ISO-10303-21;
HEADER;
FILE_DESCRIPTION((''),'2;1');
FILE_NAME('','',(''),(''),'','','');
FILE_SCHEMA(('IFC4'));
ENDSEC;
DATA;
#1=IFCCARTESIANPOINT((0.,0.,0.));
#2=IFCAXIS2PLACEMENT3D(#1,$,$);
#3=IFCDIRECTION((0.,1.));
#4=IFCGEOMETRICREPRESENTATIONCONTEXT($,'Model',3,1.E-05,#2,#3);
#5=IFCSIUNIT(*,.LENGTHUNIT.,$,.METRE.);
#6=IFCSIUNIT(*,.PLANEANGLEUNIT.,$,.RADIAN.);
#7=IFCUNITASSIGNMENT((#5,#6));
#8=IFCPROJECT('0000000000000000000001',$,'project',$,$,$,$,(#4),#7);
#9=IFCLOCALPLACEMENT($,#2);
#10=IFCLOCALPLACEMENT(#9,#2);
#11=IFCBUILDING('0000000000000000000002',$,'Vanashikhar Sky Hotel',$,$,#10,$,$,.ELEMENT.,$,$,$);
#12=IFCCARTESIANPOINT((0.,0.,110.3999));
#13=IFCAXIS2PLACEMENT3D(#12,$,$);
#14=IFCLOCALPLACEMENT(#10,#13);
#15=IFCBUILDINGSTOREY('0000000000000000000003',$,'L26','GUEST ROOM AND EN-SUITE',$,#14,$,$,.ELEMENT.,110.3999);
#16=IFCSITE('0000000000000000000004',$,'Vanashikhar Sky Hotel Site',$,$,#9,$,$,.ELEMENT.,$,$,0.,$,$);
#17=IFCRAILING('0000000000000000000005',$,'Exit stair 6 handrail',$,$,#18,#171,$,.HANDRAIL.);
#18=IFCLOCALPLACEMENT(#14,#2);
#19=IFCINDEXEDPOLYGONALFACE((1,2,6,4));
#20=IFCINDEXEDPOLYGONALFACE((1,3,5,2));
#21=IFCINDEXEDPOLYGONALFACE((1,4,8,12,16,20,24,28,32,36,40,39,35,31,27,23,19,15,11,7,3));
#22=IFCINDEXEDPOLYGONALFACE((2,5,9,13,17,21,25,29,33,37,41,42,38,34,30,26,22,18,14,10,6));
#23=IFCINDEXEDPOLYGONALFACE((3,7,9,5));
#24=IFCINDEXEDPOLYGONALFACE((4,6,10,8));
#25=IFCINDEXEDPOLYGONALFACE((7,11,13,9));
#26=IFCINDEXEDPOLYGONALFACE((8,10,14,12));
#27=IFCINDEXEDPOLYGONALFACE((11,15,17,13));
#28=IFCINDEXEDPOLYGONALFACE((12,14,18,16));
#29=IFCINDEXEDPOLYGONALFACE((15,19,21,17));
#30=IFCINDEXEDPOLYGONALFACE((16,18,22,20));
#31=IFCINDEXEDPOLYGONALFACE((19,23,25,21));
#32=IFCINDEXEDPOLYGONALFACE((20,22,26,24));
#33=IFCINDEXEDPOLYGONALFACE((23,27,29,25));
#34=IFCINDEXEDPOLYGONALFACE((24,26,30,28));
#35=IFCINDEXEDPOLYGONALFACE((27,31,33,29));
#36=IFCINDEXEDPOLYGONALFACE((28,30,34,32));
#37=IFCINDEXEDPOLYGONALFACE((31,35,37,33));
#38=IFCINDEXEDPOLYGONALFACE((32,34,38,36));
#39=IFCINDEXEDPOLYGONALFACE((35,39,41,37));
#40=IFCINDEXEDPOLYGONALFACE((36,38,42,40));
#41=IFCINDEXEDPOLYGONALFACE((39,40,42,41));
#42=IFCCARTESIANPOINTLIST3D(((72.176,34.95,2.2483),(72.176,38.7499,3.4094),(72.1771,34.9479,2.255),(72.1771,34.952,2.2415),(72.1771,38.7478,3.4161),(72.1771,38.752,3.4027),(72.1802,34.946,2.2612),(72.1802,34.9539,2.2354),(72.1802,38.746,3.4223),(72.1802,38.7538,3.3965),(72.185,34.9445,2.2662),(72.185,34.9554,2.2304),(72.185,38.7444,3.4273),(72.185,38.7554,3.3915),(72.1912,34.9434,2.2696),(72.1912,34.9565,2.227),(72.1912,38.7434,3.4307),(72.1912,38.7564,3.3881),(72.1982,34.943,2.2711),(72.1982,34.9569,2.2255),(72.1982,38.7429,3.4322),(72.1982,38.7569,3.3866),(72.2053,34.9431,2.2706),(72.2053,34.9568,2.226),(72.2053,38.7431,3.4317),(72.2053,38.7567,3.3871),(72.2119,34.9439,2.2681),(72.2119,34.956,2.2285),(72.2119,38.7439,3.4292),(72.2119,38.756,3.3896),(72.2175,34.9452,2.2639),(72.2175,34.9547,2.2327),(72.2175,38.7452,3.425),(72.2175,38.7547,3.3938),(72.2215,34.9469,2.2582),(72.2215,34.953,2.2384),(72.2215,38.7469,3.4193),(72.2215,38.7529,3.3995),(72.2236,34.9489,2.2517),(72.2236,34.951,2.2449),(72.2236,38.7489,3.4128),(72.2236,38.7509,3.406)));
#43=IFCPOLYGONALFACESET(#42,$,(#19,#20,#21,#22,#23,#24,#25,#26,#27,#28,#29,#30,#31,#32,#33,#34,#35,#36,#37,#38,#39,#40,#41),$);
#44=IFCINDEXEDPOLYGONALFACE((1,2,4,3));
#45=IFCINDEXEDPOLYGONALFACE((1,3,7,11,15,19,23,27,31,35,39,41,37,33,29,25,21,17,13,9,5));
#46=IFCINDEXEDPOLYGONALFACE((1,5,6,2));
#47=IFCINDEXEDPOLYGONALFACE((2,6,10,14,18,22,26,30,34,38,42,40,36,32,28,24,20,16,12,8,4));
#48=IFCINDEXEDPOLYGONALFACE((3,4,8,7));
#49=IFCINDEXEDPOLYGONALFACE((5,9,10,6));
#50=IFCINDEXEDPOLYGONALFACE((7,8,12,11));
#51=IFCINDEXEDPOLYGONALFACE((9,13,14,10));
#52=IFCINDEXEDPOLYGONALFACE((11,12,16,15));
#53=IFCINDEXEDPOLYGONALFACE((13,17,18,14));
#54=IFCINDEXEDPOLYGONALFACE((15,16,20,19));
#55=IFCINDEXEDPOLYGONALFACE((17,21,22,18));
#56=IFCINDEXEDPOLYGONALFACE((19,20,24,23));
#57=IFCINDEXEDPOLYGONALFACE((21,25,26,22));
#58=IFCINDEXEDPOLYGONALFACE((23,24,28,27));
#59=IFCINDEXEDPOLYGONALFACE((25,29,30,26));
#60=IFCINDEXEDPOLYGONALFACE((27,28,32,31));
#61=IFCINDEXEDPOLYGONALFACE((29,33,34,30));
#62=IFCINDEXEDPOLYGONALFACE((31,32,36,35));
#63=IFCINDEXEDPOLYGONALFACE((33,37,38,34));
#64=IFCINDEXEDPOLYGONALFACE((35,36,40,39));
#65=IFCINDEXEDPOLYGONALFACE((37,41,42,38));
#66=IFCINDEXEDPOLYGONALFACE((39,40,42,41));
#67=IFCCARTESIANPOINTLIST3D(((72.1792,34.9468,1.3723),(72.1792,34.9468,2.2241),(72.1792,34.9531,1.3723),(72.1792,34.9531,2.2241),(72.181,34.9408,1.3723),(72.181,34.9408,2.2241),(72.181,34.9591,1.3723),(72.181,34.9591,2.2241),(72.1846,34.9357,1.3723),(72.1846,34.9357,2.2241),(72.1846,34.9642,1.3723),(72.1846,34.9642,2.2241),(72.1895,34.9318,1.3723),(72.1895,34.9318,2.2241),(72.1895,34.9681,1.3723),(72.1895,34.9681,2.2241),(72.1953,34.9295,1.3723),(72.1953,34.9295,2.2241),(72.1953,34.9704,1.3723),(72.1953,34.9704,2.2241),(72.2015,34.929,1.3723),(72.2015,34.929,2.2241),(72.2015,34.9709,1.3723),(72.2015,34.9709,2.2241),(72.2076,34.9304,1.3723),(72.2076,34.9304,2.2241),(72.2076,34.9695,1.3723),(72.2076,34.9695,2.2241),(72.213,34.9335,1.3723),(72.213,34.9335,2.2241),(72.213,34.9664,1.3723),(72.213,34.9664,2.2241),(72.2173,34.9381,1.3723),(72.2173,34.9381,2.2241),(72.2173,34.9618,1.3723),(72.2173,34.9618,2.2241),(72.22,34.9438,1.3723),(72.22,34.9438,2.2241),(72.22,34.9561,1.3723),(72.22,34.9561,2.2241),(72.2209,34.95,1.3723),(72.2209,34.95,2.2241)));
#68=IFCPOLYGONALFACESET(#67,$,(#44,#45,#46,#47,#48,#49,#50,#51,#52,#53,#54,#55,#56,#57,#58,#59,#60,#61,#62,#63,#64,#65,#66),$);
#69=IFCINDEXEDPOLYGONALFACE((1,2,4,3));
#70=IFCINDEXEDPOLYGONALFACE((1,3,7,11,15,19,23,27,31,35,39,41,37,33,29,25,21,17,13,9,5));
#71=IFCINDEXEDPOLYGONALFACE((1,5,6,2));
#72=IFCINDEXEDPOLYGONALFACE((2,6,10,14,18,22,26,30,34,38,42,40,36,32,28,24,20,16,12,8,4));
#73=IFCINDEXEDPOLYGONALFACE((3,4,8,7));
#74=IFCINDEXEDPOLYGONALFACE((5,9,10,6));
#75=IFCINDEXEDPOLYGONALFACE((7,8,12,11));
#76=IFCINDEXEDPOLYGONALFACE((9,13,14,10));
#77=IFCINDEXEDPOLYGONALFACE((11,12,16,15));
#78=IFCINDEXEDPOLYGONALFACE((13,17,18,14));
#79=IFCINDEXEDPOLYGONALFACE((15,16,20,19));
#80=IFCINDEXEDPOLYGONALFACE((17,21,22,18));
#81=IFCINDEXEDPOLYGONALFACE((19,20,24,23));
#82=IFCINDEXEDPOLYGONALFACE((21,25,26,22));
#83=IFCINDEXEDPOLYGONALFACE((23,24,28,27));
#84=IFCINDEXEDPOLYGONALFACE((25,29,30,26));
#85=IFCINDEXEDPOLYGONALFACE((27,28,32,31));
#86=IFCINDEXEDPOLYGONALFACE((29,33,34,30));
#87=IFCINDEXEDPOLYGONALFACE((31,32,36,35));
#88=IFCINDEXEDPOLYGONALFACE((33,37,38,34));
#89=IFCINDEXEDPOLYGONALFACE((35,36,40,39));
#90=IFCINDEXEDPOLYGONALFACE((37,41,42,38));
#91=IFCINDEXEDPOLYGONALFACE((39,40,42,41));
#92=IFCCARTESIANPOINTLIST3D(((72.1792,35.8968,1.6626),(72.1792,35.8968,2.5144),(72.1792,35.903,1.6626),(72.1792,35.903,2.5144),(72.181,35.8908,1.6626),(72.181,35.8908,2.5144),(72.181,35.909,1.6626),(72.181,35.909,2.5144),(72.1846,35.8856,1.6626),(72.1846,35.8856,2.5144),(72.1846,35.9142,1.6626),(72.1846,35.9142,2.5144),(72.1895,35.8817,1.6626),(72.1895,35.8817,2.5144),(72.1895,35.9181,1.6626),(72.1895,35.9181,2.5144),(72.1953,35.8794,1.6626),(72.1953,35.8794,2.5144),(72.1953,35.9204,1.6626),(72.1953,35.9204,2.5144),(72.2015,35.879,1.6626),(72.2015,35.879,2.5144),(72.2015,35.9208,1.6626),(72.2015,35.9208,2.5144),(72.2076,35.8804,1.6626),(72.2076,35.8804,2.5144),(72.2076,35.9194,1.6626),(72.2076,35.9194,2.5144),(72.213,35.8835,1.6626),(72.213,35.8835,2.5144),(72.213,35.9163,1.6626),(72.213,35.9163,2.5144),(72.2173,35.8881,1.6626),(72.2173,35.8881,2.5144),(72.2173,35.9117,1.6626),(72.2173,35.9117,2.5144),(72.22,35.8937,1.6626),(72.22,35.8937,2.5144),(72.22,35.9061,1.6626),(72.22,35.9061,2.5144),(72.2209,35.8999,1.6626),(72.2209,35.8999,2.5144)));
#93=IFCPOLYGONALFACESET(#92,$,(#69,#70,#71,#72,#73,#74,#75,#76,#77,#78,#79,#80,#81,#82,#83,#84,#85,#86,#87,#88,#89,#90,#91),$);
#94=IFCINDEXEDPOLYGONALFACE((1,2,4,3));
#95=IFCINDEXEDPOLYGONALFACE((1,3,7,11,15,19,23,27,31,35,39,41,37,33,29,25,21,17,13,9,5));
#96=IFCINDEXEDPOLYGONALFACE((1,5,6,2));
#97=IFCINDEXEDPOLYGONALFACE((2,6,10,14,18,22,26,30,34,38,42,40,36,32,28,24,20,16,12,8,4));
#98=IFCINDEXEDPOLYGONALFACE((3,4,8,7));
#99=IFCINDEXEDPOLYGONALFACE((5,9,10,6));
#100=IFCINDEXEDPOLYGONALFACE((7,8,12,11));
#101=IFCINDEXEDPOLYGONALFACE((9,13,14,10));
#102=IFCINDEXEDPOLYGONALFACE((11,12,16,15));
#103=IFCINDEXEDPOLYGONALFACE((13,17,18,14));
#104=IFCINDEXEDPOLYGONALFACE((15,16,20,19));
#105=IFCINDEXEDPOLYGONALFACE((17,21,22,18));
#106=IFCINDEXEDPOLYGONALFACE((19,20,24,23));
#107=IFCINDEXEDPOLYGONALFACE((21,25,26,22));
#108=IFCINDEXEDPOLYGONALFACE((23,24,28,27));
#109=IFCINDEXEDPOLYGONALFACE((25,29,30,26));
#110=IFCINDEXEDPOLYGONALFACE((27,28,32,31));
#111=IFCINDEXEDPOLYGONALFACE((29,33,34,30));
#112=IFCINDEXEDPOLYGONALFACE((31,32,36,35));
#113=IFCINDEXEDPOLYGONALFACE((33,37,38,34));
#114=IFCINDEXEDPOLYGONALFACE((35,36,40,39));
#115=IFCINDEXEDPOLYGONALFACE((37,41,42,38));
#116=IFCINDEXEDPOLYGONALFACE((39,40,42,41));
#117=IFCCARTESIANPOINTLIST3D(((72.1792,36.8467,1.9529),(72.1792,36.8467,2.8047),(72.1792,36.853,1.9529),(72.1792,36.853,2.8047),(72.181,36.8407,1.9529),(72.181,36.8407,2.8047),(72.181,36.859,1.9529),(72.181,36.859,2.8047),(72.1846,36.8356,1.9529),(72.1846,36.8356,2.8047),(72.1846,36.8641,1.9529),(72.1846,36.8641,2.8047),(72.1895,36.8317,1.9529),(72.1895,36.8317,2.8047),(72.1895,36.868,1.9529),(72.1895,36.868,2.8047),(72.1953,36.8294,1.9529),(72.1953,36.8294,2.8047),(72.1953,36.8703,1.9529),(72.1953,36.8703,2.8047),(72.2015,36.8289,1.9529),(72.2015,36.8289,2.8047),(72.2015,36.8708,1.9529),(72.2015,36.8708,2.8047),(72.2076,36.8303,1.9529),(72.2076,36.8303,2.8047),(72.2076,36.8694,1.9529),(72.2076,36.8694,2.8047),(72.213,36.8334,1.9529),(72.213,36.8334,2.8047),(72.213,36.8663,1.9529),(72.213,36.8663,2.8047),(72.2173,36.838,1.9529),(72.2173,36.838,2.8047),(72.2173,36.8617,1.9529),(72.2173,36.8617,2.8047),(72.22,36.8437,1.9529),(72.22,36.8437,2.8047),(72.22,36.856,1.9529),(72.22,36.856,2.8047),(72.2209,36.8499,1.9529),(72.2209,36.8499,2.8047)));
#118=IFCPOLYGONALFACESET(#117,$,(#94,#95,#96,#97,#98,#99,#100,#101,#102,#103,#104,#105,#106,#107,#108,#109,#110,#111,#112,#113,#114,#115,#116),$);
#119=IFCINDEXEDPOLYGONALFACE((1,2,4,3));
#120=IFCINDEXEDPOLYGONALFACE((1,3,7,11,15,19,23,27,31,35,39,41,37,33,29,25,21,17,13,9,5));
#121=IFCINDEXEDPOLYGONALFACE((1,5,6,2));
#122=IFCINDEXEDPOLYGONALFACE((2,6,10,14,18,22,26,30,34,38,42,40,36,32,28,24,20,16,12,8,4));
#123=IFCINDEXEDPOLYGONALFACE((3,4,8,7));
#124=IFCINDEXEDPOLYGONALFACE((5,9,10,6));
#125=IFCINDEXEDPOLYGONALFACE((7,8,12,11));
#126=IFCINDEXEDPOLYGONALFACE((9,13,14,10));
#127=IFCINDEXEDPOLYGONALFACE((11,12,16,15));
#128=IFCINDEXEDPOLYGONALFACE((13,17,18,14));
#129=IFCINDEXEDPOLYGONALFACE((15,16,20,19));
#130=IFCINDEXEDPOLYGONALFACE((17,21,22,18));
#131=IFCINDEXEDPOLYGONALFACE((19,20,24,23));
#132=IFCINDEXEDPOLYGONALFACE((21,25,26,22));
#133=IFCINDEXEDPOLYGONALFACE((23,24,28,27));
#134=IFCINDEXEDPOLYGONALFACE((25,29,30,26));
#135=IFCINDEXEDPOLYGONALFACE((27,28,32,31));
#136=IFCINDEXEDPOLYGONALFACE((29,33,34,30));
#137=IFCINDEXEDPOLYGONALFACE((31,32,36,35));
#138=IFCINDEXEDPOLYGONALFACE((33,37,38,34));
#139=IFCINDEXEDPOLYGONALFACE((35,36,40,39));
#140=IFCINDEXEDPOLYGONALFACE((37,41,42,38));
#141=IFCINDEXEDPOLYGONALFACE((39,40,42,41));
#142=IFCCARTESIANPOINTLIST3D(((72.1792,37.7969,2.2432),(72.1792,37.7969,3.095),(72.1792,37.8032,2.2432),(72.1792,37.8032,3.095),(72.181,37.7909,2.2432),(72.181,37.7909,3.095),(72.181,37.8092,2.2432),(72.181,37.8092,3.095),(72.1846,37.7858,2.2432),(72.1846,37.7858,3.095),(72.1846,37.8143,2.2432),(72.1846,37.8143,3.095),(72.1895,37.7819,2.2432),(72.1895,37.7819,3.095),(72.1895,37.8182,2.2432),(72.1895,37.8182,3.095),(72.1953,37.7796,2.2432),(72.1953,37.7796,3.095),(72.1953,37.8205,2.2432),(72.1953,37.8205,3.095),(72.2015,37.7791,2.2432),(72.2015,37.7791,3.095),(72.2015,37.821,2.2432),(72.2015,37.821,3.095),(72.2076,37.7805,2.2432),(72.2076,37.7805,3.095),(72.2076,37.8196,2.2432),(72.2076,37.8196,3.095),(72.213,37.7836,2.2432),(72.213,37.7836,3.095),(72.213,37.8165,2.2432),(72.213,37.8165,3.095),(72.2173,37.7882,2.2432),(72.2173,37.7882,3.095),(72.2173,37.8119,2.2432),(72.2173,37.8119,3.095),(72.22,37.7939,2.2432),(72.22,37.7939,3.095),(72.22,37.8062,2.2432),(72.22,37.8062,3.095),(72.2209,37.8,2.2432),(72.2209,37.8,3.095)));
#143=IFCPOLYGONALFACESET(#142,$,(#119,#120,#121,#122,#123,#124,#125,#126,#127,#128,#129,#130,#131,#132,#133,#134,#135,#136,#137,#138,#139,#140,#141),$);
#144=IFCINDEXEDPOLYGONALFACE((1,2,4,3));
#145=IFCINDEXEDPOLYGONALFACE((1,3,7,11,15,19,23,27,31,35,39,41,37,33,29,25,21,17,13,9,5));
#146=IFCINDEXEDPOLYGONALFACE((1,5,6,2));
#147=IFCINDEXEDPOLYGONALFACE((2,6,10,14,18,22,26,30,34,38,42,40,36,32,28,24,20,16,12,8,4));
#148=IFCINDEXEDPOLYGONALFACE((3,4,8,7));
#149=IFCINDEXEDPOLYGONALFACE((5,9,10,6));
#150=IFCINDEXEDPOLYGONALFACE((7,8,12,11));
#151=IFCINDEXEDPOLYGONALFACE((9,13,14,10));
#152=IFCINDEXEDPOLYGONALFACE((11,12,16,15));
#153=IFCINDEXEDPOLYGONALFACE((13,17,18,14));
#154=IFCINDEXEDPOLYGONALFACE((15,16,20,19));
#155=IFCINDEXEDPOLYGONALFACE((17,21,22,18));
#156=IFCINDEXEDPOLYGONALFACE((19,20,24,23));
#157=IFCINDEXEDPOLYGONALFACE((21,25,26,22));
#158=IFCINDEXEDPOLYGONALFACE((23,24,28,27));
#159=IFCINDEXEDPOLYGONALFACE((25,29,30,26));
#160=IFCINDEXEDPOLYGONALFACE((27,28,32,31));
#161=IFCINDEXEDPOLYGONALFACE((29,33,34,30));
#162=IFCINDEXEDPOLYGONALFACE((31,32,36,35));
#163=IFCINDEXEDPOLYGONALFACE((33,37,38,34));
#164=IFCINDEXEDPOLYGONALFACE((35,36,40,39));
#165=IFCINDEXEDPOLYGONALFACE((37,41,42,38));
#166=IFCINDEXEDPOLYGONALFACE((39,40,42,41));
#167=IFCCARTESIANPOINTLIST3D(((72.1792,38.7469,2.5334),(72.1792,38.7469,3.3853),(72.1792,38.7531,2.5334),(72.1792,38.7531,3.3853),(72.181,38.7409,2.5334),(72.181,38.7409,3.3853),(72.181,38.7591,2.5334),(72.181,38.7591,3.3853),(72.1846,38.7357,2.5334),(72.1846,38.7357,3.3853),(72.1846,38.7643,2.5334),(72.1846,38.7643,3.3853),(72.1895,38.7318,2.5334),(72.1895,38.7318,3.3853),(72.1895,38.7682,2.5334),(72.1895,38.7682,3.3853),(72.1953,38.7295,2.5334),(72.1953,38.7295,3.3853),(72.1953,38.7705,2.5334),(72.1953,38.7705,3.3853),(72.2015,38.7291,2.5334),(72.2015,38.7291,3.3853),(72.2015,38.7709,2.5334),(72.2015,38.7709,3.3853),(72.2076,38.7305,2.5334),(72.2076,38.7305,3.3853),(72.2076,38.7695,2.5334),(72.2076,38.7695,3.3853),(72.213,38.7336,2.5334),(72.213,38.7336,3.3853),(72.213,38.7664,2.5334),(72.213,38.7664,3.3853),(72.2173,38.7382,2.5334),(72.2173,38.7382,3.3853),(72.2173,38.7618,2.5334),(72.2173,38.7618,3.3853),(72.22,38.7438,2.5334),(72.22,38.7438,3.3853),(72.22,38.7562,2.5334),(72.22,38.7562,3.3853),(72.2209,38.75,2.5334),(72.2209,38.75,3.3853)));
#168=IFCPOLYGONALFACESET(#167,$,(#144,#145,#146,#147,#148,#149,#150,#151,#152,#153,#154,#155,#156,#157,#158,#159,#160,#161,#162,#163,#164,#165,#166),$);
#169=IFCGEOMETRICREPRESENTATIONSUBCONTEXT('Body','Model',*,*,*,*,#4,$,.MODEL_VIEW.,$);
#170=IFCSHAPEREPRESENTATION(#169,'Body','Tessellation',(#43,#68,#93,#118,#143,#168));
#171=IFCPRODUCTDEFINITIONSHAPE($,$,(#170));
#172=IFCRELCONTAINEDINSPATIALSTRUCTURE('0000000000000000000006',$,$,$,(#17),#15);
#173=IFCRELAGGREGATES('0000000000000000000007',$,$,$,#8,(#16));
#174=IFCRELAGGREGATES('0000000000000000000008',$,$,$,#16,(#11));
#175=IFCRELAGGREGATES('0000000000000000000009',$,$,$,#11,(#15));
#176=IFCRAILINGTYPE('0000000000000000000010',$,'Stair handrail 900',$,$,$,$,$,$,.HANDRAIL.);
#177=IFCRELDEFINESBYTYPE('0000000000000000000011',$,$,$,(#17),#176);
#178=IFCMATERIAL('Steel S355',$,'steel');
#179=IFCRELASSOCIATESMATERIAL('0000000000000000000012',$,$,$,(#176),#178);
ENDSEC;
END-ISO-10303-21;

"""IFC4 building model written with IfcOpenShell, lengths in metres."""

from ifc_helpers import new_model, si_unit, direction, frame, origin, origin_2d, place, context, subcontext, project, spatial, circle, extrude, source, transform, mapped, material, type_object, element, save


model = new_model("IFC4")

# Units and contexts
model_context = context("Model", 3, precision=1e-05, world=origin(), true_north=direction((0.0, 1.0)))
body_context = subcontext(model_context, "Body", "Model", "MODEL_VIEW")
ifc_project = project(units=[si_unit("LENGTHUNIT", "METRE"), si_unit("PLANEANGLEUNIT", "RADIAN")], contexts=[model_context])

# Site, building, storey
site_placement = place(None, origin())
site = spatial("IfcSite", under=ifc_project, at=site_placement, Name="Vanashikhar Sky Hotel Site", CompositionType="ELEMENT", RefElevation=0.0)
building_placement = place(site_placement, origin())
building = spatial("IfcBuilding", under=site, at=building_placement, Name="Vanashikhar Sky Hotel", CompositionType="ELEMENT")
storey_placement = place(building_placement, frame((0.0, 0.0, 110.3999)))
storey = spatial("IfcBuildingStorey", under=building, at=storey_placement, Name="L26", Description="GUEST ROOM AND EN-SUITE", CompositionType="ELEMENT", Elevation=110.3999)

# Railing
ifc_material_1 = material(Name="Steel S355", Category="steel")
railing_type_1 = type_object("IfcRailingType", Name="Stair handrail 900", PredefinedType="HANDRAIL", material=ifc_material_1)
shared_shape_1 = source(origin(), body_context, "Body", "SweptSolid", [
    extrude(circle(Radius=0.0239, at=origin_2d()), frame((0.0, 0.0, 0.876), z_axis=(0.0, 0.956351, 0.29222), x_axis=(-1.0, 0.0, 0.0)), (0.0, 0.0, 1.0), 3.9734),
    extrude(circle(Radius=0.021, at=origin_2d()), origin(), (0.0, 0.0, 1.0), 0.8518),
    extrude(circle(Radius=0.021, at=origin_2d()), frame((0.0, 0.95, 0.2903)), (0.0, 0.0, 1.0), 0.8518),
    extrude(circle(Radius=0.021, at=origin_2d()), frame((0.0, 1.8999, 0.5806)), (0.0, 0.0, 1.0), 0.8518),
    extrude(circle(Radius=0.021, at=origin_2d()), frame((0.0, 2.8501, 0.8708)), (0.0, 0.0, 1.0), 0.8518),
    extrude(circle(Radius=0.021, at=origin_2d()), frame((0.0, 3.8, 1.1611)), (0.0, 0.0, 1.0), 0.8518),
])
for number, where, name in (
    (1, (72.2, 34.95, 1.3723), "Exit stair 6 handrail"),
):
    element("IfcRailing", number, at=place(storey_placement, frame(where)), inside=storey, type_object=railing_type_1, Name=name, PredefinedType="HANDRAIL", context=body_context, shape_type="MappedRepresentation", body=[
        mapped(shared_shape_1, transform((0.0, 0.0, 0.0), scale=1.0)),
    ])

save(model, "model.ifc")
